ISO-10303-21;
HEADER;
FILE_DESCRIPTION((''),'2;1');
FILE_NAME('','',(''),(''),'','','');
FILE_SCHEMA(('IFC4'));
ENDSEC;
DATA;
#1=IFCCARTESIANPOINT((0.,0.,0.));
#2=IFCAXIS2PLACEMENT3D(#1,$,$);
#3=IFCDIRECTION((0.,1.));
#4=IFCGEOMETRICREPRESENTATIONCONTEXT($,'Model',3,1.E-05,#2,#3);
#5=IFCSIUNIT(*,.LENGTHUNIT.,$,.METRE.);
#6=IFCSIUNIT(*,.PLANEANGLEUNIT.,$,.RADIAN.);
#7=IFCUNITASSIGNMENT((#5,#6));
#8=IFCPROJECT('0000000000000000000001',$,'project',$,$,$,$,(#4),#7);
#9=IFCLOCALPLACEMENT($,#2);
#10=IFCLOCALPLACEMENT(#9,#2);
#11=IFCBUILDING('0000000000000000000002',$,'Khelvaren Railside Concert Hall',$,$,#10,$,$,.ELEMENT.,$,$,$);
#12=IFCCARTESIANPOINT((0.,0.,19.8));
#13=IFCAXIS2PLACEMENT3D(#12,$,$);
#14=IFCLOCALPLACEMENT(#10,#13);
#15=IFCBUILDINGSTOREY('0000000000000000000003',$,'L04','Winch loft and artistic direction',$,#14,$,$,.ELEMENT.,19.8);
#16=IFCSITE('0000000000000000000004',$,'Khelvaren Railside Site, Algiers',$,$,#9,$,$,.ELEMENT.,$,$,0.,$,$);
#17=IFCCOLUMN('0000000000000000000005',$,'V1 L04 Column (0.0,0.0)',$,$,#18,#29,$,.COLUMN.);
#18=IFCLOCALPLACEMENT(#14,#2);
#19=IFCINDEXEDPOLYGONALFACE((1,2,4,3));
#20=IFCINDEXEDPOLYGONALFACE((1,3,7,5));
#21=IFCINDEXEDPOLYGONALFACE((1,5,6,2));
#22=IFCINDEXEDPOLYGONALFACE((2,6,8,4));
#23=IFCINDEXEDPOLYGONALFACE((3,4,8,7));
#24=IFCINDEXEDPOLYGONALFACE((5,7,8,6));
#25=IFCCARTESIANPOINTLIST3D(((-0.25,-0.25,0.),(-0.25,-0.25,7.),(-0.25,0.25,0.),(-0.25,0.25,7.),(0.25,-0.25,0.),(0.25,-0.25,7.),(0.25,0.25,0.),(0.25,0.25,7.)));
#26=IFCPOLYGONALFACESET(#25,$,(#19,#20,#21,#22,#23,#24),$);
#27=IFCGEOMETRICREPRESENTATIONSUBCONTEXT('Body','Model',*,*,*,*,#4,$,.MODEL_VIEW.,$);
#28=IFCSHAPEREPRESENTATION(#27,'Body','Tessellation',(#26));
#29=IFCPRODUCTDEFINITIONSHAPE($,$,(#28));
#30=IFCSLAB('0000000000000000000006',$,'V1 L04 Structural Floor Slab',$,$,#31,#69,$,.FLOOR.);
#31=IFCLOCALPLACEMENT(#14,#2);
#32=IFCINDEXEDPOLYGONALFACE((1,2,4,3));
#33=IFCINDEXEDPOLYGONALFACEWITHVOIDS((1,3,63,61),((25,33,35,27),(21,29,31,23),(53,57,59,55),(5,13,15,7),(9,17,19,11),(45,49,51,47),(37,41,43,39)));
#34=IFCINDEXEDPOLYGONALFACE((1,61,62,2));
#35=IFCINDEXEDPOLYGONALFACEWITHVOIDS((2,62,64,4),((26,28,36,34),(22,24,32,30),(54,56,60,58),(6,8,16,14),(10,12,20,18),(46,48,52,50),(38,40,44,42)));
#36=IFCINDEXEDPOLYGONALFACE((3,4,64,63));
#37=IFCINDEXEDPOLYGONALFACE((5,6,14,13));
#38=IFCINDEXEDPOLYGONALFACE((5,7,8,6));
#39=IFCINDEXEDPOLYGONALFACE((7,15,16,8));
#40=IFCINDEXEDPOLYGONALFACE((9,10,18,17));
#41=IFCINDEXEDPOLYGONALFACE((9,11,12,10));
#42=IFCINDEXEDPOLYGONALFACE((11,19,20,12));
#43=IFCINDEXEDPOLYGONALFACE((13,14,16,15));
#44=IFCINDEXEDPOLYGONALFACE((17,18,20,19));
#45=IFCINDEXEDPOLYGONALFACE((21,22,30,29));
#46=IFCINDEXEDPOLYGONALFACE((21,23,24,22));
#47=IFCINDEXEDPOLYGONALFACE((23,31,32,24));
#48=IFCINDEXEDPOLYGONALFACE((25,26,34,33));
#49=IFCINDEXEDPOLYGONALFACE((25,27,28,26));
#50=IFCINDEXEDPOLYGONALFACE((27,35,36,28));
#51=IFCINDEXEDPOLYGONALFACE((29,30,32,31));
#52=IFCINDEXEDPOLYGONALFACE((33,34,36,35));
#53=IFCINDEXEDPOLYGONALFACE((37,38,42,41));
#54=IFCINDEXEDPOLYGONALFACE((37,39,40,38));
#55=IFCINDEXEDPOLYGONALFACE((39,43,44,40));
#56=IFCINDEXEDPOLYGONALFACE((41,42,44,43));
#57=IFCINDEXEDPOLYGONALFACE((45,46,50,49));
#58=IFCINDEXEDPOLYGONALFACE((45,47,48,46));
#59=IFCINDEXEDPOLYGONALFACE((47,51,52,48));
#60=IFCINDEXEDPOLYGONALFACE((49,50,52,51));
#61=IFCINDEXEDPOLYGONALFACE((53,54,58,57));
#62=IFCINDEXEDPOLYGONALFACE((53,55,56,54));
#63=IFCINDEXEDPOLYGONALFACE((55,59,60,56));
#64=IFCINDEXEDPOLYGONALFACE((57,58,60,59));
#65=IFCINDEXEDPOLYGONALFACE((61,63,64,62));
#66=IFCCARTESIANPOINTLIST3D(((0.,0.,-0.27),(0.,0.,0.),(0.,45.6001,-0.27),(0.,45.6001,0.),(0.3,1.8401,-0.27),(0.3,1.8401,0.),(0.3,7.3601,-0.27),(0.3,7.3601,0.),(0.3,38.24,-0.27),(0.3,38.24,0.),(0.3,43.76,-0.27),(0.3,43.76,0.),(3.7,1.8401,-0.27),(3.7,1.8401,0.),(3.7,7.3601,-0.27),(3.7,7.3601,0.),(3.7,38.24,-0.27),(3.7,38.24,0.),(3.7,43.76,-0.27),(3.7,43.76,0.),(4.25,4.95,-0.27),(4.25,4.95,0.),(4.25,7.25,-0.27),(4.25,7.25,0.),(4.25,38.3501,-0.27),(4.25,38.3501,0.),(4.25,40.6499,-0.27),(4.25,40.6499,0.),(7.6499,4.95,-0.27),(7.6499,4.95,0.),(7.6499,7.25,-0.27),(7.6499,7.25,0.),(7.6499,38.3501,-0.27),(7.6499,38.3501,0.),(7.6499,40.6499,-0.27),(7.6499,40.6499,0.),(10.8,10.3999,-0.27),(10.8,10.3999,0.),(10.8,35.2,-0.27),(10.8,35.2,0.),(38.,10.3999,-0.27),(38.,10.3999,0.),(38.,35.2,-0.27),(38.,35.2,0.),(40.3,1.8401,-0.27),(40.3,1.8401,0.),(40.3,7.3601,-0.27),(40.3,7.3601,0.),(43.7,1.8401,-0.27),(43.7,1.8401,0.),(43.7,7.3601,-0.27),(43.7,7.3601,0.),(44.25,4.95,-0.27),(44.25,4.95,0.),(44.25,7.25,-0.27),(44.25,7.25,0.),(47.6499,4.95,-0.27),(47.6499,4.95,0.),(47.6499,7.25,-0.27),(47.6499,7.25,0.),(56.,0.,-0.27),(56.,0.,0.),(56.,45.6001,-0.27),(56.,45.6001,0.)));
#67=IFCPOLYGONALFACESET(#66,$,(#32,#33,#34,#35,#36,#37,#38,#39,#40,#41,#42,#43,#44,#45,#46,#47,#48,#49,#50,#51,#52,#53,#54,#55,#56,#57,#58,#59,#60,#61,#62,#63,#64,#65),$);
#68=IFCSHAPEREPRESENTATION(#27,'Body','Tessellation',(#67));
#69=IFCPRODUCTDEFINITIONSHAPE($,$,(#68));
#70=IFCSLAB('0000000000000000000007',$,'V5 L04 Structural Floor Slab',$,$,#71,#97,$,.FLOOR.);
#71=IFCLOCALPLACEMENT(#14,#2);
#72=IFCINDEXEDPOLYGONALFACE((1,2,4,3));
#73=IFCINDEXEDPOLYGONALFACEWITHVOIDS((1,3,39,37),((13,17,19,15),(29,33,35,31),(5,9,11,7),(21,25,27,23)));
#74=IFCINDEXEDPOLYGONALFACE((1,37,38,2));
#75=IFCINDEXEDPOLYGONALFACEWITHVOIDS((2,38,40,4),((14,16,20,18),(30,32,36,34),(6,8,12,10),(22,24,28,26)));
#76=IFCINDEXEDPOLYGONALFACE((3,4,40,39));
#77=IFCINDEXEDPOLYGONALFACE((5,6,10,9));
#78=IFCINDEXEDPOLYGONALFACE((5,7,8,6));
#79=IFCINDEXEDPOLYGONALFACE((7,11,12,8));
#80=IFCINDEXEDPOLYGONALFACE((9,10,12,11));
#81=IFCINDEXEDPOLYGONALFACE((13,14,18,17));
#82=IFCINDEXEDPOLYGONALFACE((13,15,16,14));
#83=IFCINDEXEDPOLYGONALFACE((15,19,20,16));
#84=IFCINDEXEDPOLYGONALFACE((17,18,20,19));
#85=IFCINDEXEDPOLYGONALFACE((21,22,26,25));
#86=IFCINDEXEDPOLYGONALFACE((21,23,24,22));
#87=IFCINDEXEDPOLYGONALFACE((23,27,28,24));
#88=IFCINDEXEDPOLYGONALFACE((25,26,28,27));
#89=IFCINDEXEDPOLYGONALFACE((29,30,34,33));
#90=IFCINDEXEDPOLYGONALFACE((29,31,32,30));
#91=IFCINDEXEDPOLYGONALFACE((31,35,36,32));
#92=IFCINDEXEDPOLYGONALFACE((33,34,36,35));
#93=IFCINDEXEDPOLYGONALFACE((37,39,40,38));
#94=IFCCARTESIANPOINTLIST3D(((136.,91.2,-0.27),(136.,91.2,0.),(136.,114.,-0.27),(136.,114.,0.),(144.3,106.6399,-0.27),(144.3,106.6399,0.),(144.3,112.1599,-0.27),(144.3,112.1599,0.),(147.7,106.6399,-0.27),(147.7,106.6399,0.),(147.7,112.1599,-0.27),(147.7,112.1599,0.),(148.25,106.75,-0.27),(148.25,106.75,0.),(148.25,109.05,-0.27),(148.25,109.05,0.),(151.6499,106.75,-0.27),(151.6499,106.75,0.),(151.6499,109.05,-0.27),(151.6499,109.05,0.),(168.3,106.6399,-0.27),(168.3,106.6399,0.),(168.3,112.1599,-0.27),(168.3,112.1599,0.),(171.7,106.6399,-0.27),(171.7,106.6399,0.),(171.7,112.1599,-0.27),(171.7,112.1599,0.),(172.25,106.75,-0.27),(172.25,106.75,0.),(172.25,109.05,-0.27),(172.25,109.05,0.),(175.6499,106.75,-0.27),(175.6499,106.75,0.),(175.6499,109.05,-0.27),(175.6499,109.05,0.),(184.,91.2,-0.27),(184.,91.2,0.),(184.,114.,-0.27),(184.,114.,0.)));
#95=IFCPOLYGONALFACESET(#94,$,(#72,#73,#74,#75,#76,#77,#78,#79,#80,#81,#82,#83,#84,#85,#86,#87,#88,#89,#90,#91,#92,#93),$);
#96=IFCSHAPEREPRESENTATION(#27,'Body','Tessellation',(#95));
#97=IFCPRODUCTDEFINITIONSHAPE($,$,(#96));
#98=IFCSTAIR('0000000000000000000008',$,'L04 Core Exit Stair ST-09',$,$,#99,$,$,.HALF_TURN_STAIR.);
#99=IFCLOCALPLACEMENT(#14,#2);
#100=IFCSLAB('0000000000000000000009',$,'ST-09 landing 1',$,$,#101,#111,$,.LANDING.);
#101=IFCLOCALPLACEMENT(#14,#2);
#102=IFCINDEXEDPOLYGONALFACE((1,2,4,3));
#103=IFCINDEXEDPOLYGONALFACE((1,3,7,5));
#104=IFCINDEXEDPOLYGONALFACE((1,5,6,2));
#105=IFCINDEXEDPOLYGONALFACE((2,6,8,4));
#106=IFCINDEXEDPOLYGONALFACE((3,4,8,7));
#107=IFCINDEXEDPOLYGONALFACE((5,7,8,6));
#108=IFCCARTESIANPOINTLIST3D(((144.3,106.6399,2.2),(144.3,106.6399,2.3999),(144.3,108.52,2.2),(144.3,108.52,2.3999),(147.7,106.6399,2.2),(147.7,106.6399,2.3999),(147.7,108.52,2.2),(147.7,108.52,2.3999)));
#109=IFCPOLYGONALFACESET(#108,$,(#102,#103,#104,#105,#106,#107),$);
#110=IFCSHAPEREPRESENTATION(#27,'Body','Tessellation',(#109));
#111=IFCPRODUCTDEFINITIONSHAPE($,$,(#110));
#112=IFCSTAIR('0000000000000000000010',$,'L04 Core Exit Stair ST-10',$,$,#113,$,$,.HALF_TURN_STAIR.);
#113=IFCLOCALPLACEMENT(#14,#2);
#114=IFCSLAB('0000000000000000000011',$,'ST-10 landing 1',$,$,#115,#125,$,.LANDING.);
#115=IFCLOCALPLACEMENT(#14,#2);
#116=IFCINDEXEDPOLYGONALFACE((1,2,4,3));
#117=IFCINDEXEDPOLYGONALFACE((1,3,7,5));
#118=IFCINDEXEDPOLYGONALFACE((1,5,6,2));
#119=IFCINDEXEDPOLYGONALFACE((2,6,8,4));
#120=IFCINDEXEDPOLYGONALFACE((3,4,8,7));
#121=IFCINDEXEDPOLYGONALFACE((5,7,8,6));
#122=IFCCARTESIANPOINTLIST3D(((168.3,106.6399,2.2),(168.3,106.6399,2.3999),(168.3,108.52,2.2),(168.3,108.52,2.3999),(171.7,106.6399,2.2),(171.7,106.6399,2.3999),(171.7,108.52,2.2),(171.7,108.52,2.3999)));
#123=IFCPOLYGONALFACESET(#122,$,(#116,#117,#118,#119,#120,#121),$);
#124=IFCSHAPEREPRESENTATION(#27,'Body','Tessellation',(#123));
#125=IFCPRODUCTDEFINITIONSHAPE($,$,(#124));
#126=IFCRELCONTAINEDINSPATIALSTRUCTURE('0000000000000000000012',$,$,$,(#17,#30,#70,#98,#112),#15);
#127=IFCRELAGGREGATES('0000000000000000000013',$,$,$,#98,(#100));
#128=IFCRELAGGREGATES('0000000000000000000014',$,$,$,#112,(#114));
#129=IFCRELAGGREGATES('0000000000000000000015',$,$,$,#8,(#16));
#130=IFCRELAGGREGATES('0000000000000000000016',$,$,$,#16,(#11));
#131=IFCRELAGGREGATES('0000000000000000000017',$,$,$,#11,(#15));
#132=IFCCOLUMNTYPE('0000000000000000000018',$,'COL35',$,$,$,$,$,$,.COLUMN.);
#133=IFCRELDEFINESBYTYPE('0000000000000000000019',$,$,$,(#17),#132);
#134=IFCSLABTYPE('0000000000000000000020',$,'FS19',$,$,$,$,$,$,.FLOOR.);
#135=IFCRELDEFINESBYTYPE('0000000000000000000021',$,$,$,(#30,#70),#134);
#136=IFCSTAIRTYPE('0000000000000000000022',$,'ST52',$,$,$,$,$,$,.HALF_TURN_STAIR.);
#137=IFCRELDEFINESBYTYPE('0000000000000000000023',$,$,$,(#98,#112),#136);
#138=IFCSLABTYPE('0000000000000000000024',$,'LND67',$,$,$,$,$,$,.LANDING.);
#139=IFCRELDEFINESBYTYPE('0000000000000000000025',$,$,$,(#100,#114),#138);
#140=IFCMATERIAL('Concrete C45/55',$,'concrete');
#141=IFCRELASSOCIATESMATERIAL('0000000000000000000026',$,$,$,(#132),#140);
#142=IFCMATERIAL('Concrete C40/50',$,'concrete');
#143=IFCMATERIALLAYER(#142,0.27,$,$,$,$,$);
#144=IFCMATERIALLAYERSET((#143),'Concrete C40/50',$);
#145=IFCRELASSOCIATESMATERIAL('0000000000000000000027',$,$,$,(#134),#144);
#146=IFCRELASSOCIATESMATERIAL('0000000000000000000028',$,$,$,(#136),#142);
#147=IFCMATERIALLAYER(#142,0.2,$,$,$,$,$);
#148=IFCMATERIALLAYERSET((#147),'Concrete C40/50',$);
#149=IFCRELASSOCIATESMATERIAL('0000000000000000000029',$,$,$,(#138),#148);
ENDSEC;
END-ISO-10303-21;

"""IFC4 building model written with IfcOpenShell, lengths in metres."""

from ifc_helpers import new_model, si_unit, direction, frame, origin, origin_with_axes, origin_2d, place, context, subcontext, project, spatial, polyline, rectangle, outline, extrude, material, layer, layer_set, material_profile, profile_set, type_object, element, aggregate, save


model = new_model("IFC4")

# Units and contexts
model_context = context("Model", 3, precision=1e-05, world=origin(), true_north=direction((0.0, 1.0)))
body_context = subcontext(model_context, "Body", "Model", "MODEL_VIEW")
ifc_project = project(units=[si_unit("LENGTHUNIT", "METRE"), si_unit("PLANEANGLEUNIT", "RADIAN")], contexts=[model_context])

# Site, building, storey
site_placement = place(None, origin())
site = spatial("IfcSite", under=ifc_project, at=site_placement, Name="Khelvaren Railside Site, Algiers", CompositionType="ELEMENT", RefElevation=0.0)
building_placement = place(site_placement, origin())
building = spatial("IfcBuilding", under=site, at=building_placement, Name="Khelvaren Railside Concert Hall", CompositionType="ELEMENT")
storey_placement = place(building_placement, frame((0.0, 0.0, 19.8)))
storey = spatial("IfcBuildingStorey", under=building, at=storey_placement, Name="L04", Description="Winch loft and artistic direction", CompositionType="ELEMENT", Elevation=19.8)

# Column
ifc_material_1 = material(Name="Concrete C45/55", Category="concrete")
ifc_material_profile = material_profile(ifc_material_1, rectangle(XDim=0.5, YDim=0.5, at=origin_2d()), Name="RC 500x500")
ifc_profile_set = profile_set([ifc_material_profile], Name="Concrete C45/55")
column_type = type_object("IfcColumnType", Name="COL35", PredefinedType="COLUMN", material=ifc_profile_set)
column_placement = place(storey_placement, origin_with_axes())
element("IfcColumn", 1, at=column_placement, inside=storey, type_object=column_type, Name="V1 L04 Column (0.0,0.0)", PredefinedType="COLUMN", context=body_context, shape_type="SweptSolid", body=[
    extrude(rectangle(XDim=0.5, YDim=0.5, at=origin_2d()), origin(), (0.0, 0.0, 1.0), 7.0),
])

# Slabs
ifc_material_2 = material(Name="Concrete C40/50", Category="concrete")
ifc_layer_1 = layer(ifc_material_2, 0.27)
ifc_layer_set_1 = layer_set([ifc_layer_1], Name="Concrete C40/50")
slab_type_1 = type_object("IfcSlabType", Name="FS19", PredefinedType="FLOOR", material=ifc_layer_set_1)
slab_1_placement = place(storey_placement, frame((0.0, 0.0, -0.27)))
element("IfcSlab", 2, at=slab_1_placement, inside=storey, type_object=slab_type_1, Name="V1 L04 Structural Floor Slab", PredefinedType="FLOOR", context=body_context, shape_type="SweptSolid", body=[
    extrude(outline(polyline([(0.0, 0.0), (56.0, 0.0), (56.0, 45.6001), (0.0, 45.6001), (0.0, 0.0)]), holes=[polyline([(3.7, 1.8401), (3.7, 7.3601), (0.3, 7.3601), (0.3, 1.8401), (3.7, 1.8401)]), polyline([(4.25, 4.95), (7.6499, 4.95), (7.6499, 7.25), (4.25, 7.25), (4.25, 4.95)]), polyline([(43.7, 1.8401), (43.7, 7.3601), (40.3, 7.3601), (40.3, 1.8401), (43.7, 1.8401)]), polyline([(44.25, 4.95), (47.6499, 4.95), (47.6499, 7.25), (44.25, 7.25), (44.25, 4.95)]), polyline([(0.3, 43.76), (0.3, 38.24), (3.7, 38.24), (3.7, 43.76), (0.3, 43.76)]), polyline([(4.25, 38.3501), (7.6499, 38.3501), (7.6499, 40.6499), (4.25, 40.6499), (4.25, 38.3501)]), polyline([(10.8, 10.3999), (38.0, 10.3999), (38.0, 35.2), (10.8, 35.2), (10.8, 10.3999)])]), origin(), (0.0, 0.0, 1.0), 0.27),
])
slab_2_placement = place(storey_placement, frame((0.0, 0.0, -0.27)))
element("IfcSlab", 3, at=slab_2_placement, inside=storey, type_object=slab_type_1, Name="V5 L04 Structural Floor Slab", PredefinedType="FLOOR", context=body_context, shape_type="SweptSolid", body=[
    extrude(outline(polyline([(136.0, 91.2), (184.0, 91.2), (184.0, 114.0), (136.0, 114.0), (136.0, 91.2)]), holes=[polyline([(144.3, 112.1599), (144.3, 106.6399), (147.7, 106.6399), (147.7, 112.1599), (144.3, 112.1599)]), polyline([(148.25, 106.75), (151.6499, 106.75), (151.6499, 109.05), (148.25, 109.05), (148.25, 106.75)]), polyline([(168.3, 112.1599), (168.3, 106.6399), (171.7, 106.6399), (171.7, 112.1599), (168.3, 112.1599)]), polyline([(172.25, 106.75), (175.6499, 106.75), (175.6499, 109.05), (172.25, 109.05), (172.25, 106.75)])]), origin(), (0.0, 0.0, 1.0), 0.27),
])

# Stairs, slabs
stair_type = type_object("IfcStairType", Name="ST52", PredefinedType="HALF_TURN_STAIR", material=ifc_material_2)
stair_1_placement = place(storey_placement, origin())
stair_1 = element("IfcStair", 4, at=stair_1_placement, inside=storey, type_object=stair_type, Name="L04 Core Exit Stair ST-09", PredefinedType="HALF_TURN_STAIR")
ifc_layer_2 = layer(ifc_material_2, 0.2)
ifc_layer_set_2 = layer_set([ifc_layer_2], Name="Concrete C40/50")
slab_type_2 = type_object("IfcSlabType", Name="LND67", PredefinedType="LANDING", material=ifc_layer_set_2)
slab_3_placement = place(storey_placement, frame((0.0, 0.0, 2.2)))
slab_3 = element("IfcSlab", 5, at=slab_3_placement, type_object=slab_type_2, Name="ST-09 landing 1", PredefinedType="LANDING", context=body_context, shape_type="SweptSolid", body=[
    extrude(outline(polyline([(144.3, 108.52), (144.3, 106.6399), (147.7, 106.6399), (147.7, 108.52), (144.3, 108.52)])), origin(), (0.0, 0.0, 1.0), 0.2),
])
aggregate(stair_1, [slab_3])
stair_2_placement = place(storey_placement, origin())
stair_2 = element("IfcStair", 6, at=stair_2_placement, inside=storey, type_object=stair_type, Name="L04 Core Exit Stair ST-10", PredefinedType="HALF_TURN_STAIR")
slab_4_placement = place(storey_placement, frame((0.0, 0.0, 2.2)))
slab_4 = element("IfcSlab", 7, at=slab_4_placement, type_object=slab_type_2, Name="ST-10 landing 1", PredefinedType="LANDING", context=body_context, shape_type="SweptSolid", body=[
    extrude(outline(polyline([(168.3, 108.52), (168.3, 106.6399), (171.7, 106.6399), (171.7, 108.52), (168.3, 108.52)])), origin(), (0.0, 0.0, 1.0), 0.2),
])
aggregate(stair_2, [slab_4])

save(model, "model.ifc")
